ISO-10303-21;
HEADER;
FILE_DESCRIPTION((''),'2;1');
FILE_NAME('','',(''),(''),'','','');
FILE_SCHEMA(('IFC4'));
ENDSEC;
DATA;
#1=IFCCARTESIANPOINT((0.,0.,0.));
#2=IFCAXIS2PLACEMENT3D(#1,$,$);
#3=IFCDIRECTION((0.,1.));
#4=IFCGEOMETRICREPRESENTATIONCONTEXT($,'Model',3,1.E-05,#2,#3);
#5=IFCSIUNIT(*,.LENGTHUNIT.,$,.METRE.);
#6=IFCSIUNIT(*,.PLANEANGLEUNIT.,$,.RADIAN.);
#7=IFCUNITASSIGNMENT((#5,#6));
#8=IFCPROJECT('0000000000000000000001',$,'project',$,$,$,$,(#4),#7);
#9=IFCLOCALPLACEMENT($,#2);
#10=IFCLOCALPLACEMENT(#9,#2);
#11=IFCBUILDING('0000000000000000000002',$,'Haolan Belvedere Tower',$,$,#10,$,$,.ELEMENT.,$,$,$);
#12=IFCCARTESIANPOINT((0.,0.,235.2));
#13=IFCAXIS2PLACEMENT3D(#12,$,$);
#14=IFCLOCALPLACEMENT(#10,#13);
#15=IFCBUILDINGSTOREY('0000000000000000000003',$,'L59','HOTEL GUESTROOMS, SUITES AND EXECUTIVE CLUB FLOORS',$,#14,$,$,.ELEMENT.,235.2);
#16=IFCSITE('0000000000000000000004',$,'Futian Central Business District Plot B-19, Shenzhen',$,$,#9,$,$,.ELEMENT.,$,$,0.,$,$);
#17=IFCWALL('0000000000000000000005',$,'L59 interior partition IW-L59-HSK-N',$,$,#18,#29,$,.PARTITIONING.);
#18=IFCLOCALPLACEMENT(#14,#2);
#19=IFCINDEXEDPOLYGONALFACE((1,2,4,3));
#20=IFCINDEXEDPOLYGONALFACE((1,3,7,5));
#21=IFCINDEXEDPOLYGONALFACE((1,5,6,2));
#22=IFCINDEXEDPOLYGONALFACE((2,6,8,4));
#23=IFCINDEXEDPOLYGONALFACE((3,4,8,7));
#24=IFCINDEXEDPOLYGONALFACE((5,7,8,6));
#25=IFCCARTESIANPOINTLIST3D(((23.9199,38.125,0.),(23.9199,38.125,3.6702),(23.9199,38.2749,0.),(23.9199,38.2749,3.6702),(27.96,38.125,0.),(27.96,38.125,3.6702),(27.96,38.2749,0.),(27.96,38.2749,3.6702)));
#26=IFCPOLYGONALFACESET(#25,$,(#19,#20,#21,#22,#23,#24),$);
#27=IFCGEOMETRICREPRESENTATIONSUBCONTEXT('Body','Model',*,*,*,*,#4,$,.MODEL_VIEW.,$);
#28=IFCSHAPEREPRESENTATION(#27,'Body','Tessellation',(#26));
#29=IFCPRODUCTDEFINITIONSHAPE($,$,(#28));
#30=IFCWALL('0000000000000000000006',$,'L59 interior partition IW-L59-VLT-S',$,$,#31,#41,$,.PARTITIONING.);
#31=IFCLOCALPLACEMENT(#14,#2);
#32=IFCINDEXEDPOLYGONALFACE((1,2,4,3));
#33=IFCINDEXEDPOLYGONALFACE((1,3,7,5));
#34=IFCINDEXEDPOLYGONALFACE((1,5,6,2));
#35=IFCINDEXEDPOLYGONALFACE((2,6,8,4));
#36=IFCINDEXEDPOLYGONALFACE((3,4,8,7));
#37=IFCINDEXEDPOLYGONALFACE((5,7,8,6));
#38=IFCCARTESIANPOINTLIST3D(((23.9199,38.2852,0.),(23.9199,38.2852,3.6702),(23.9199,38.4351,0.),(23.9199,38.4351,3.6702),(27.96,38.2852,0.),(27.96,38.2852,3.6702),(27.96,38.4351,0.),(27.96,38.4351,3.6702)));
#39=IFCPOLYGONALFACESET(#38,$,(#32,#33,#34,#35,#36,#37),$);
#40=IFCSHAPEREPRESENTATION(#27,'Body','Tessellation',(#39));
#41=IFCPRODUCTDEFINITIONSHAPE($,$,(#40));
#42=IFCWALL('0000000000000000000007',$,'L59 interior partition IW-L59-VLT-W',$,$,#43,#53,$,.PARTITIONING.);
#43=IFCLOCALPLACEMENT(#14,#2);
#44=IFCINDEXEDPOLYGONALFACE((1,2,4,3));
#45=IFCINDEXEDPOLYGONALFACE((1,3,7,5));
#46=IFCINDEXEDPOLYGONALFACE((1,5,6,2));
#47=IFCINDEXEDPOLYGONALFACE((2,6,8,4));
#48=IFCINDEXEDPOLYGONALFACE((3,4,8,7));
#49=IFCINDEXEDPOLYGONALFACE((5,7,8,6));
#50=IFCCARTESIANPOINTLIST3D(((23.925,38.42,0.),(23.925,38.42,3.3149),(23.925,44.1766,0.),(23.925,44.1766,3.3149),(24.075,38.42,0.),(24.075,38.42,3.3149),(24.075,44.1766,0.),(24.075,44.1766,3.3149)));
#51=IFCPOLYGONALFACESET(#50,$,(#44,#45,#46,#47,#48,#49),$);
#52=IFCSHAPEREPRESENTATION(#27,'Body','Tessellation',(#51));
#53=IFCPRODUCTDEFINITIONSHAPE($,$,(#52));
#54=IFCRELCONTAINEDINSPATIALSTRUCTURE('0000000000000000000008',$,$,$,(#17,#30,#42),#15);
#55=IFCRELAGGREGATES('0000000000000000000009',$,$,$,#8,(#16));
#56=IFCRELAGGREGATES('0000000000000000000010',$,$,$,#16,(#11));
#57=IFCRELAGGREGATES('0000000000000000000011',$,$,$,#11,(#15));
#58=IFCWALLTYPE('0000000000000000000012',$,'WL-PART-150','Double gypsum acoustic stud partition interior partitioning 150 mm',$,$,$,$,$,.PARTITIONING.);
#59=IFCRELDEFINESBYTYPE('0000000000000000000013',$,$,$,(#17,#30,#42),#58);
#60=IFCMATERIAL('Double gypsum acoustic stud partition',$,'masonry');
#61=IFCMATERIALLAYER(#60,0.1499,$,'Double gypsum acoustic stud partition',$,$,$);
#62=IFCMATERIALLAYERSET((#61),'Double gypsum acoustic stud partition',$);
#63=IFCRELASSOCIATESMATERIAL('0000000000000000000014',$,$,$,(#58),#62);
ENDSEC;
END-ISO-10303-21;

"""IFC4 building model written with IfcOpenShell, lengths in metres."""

from ifc_helpers import new_model, si_unit, direction, frame, frame_2d, origin, place, context, subcontext, project, spatial, rectangle, extrude, material, layer, layer_set, type_object, element, save


model = new_model("IFC4")

# Units and contexts
model_context = context("Model", 3, precision=1e-05, world=origin(), true_north=direction((0.0, 1.0)))
body_context = subcontext(model_context, "Body", "Model", "MODEL_VIEW")
ifc_project = project(units=[si_unit("LENGTHUNIT", "METRE"), si_unit("PLANEANGLEUNIT", "RADIAN")], contexts=[model_context])

# Site, building, storey
site_placement = place(None, origin())
site = spatial("IfcSite", under=ifc_project, at=site_placement, Name="Futian Central Business District Plot B-19, Shenzhen", CompositionType="ELEMENT", RefElevation=0.0)
building_placement = place(site_placement, origin())
building = spatial("IfcBuilding", under=site, at=building_placement, Name="Haolan Belvedere Tower", CompositionType="ELEMENT")
storey_placement = place(building_placement, frame((0.0, 0.0, 235.2)))
storey = spatial("IfcBuildingStorey", under=building, at=storey_placement, Name="L59", Description="HOTEL GUESTROOMS, SUITES AND EXECUTIVE CLUB FLOORS", CompositionType="ELEMENT", Elevation=235.2)

# Walls
ifc_material_1 = material(Name="Double gypsum acoustic stud partition", Category="masonry")
ifc_layer_1 = layer(ifc_material_1, 0.1499, Name="Double gypsum acoustic stud partition")
ifc_layer_set_1 = layer_set([ifc_layer_1], Name="Double gypsum acoustic stud partition")
wall_type_1 = type_object("IfcWallType", Name="WL-PART-150", Description="Double gypsum acoustic stud partition interior partitioning 150 mm", PredefinedType="PARTITIONING", material=ifc_layer_set_1)
for number, where, z_axis, x_axis, name in (
    (1, (23.9199, 38.2, 0.0), (0.0, 0.0, 1.0), (1.0, 0.0, 0.0), "L59 interior partition IW-L59-HSK-N"),
    (2, (23.9199, 38.3601, 0.0), (0.0, 0.0, 1.0), (1.0, 0.0, 0.0), "L59 interior partition IW-L59-VLT-S"),
):
    element("IfcWall", number, at=place(storey_placement, frame(where, z_axis=z_axis, x_axis=x_axis)), inside=storey, type_object=wall_type_1, Name=name, PredefinedType="PARTITIONING", context=body_context, shape_type="SweptSolid", body=[
        extrude(rectangle(XDim=4.04, YDim=0.1499, at=frame_2d((2.02, 0.0))), origin(), (0.0, 0.0, 1.0), 3.6702),
    ])
wall_1_placement = place(storey_placement, frame((24.0, 38.4199, 0.0), z_axis=(0.0, 0.0, 1.0), x_axis=(0.0, 1.0, 0.0)))
element("IfcWall", 3, at=wall_1_placement, inside=storey, type_object=wall_type_1, Name="L59 interior partition IW-L59-VLT-W", PredefinedType="PARTITIONING", context=body_context, shape_type="SweptSolid", body=[
    extrude(rectangle(XDim=5.7566, YDim=0.1499, at=frame_2d((2.8784, 0.0))), origin(), (0.0, 0.0, 1.0), 3.3149),
])

save(model, "model.ifc")
